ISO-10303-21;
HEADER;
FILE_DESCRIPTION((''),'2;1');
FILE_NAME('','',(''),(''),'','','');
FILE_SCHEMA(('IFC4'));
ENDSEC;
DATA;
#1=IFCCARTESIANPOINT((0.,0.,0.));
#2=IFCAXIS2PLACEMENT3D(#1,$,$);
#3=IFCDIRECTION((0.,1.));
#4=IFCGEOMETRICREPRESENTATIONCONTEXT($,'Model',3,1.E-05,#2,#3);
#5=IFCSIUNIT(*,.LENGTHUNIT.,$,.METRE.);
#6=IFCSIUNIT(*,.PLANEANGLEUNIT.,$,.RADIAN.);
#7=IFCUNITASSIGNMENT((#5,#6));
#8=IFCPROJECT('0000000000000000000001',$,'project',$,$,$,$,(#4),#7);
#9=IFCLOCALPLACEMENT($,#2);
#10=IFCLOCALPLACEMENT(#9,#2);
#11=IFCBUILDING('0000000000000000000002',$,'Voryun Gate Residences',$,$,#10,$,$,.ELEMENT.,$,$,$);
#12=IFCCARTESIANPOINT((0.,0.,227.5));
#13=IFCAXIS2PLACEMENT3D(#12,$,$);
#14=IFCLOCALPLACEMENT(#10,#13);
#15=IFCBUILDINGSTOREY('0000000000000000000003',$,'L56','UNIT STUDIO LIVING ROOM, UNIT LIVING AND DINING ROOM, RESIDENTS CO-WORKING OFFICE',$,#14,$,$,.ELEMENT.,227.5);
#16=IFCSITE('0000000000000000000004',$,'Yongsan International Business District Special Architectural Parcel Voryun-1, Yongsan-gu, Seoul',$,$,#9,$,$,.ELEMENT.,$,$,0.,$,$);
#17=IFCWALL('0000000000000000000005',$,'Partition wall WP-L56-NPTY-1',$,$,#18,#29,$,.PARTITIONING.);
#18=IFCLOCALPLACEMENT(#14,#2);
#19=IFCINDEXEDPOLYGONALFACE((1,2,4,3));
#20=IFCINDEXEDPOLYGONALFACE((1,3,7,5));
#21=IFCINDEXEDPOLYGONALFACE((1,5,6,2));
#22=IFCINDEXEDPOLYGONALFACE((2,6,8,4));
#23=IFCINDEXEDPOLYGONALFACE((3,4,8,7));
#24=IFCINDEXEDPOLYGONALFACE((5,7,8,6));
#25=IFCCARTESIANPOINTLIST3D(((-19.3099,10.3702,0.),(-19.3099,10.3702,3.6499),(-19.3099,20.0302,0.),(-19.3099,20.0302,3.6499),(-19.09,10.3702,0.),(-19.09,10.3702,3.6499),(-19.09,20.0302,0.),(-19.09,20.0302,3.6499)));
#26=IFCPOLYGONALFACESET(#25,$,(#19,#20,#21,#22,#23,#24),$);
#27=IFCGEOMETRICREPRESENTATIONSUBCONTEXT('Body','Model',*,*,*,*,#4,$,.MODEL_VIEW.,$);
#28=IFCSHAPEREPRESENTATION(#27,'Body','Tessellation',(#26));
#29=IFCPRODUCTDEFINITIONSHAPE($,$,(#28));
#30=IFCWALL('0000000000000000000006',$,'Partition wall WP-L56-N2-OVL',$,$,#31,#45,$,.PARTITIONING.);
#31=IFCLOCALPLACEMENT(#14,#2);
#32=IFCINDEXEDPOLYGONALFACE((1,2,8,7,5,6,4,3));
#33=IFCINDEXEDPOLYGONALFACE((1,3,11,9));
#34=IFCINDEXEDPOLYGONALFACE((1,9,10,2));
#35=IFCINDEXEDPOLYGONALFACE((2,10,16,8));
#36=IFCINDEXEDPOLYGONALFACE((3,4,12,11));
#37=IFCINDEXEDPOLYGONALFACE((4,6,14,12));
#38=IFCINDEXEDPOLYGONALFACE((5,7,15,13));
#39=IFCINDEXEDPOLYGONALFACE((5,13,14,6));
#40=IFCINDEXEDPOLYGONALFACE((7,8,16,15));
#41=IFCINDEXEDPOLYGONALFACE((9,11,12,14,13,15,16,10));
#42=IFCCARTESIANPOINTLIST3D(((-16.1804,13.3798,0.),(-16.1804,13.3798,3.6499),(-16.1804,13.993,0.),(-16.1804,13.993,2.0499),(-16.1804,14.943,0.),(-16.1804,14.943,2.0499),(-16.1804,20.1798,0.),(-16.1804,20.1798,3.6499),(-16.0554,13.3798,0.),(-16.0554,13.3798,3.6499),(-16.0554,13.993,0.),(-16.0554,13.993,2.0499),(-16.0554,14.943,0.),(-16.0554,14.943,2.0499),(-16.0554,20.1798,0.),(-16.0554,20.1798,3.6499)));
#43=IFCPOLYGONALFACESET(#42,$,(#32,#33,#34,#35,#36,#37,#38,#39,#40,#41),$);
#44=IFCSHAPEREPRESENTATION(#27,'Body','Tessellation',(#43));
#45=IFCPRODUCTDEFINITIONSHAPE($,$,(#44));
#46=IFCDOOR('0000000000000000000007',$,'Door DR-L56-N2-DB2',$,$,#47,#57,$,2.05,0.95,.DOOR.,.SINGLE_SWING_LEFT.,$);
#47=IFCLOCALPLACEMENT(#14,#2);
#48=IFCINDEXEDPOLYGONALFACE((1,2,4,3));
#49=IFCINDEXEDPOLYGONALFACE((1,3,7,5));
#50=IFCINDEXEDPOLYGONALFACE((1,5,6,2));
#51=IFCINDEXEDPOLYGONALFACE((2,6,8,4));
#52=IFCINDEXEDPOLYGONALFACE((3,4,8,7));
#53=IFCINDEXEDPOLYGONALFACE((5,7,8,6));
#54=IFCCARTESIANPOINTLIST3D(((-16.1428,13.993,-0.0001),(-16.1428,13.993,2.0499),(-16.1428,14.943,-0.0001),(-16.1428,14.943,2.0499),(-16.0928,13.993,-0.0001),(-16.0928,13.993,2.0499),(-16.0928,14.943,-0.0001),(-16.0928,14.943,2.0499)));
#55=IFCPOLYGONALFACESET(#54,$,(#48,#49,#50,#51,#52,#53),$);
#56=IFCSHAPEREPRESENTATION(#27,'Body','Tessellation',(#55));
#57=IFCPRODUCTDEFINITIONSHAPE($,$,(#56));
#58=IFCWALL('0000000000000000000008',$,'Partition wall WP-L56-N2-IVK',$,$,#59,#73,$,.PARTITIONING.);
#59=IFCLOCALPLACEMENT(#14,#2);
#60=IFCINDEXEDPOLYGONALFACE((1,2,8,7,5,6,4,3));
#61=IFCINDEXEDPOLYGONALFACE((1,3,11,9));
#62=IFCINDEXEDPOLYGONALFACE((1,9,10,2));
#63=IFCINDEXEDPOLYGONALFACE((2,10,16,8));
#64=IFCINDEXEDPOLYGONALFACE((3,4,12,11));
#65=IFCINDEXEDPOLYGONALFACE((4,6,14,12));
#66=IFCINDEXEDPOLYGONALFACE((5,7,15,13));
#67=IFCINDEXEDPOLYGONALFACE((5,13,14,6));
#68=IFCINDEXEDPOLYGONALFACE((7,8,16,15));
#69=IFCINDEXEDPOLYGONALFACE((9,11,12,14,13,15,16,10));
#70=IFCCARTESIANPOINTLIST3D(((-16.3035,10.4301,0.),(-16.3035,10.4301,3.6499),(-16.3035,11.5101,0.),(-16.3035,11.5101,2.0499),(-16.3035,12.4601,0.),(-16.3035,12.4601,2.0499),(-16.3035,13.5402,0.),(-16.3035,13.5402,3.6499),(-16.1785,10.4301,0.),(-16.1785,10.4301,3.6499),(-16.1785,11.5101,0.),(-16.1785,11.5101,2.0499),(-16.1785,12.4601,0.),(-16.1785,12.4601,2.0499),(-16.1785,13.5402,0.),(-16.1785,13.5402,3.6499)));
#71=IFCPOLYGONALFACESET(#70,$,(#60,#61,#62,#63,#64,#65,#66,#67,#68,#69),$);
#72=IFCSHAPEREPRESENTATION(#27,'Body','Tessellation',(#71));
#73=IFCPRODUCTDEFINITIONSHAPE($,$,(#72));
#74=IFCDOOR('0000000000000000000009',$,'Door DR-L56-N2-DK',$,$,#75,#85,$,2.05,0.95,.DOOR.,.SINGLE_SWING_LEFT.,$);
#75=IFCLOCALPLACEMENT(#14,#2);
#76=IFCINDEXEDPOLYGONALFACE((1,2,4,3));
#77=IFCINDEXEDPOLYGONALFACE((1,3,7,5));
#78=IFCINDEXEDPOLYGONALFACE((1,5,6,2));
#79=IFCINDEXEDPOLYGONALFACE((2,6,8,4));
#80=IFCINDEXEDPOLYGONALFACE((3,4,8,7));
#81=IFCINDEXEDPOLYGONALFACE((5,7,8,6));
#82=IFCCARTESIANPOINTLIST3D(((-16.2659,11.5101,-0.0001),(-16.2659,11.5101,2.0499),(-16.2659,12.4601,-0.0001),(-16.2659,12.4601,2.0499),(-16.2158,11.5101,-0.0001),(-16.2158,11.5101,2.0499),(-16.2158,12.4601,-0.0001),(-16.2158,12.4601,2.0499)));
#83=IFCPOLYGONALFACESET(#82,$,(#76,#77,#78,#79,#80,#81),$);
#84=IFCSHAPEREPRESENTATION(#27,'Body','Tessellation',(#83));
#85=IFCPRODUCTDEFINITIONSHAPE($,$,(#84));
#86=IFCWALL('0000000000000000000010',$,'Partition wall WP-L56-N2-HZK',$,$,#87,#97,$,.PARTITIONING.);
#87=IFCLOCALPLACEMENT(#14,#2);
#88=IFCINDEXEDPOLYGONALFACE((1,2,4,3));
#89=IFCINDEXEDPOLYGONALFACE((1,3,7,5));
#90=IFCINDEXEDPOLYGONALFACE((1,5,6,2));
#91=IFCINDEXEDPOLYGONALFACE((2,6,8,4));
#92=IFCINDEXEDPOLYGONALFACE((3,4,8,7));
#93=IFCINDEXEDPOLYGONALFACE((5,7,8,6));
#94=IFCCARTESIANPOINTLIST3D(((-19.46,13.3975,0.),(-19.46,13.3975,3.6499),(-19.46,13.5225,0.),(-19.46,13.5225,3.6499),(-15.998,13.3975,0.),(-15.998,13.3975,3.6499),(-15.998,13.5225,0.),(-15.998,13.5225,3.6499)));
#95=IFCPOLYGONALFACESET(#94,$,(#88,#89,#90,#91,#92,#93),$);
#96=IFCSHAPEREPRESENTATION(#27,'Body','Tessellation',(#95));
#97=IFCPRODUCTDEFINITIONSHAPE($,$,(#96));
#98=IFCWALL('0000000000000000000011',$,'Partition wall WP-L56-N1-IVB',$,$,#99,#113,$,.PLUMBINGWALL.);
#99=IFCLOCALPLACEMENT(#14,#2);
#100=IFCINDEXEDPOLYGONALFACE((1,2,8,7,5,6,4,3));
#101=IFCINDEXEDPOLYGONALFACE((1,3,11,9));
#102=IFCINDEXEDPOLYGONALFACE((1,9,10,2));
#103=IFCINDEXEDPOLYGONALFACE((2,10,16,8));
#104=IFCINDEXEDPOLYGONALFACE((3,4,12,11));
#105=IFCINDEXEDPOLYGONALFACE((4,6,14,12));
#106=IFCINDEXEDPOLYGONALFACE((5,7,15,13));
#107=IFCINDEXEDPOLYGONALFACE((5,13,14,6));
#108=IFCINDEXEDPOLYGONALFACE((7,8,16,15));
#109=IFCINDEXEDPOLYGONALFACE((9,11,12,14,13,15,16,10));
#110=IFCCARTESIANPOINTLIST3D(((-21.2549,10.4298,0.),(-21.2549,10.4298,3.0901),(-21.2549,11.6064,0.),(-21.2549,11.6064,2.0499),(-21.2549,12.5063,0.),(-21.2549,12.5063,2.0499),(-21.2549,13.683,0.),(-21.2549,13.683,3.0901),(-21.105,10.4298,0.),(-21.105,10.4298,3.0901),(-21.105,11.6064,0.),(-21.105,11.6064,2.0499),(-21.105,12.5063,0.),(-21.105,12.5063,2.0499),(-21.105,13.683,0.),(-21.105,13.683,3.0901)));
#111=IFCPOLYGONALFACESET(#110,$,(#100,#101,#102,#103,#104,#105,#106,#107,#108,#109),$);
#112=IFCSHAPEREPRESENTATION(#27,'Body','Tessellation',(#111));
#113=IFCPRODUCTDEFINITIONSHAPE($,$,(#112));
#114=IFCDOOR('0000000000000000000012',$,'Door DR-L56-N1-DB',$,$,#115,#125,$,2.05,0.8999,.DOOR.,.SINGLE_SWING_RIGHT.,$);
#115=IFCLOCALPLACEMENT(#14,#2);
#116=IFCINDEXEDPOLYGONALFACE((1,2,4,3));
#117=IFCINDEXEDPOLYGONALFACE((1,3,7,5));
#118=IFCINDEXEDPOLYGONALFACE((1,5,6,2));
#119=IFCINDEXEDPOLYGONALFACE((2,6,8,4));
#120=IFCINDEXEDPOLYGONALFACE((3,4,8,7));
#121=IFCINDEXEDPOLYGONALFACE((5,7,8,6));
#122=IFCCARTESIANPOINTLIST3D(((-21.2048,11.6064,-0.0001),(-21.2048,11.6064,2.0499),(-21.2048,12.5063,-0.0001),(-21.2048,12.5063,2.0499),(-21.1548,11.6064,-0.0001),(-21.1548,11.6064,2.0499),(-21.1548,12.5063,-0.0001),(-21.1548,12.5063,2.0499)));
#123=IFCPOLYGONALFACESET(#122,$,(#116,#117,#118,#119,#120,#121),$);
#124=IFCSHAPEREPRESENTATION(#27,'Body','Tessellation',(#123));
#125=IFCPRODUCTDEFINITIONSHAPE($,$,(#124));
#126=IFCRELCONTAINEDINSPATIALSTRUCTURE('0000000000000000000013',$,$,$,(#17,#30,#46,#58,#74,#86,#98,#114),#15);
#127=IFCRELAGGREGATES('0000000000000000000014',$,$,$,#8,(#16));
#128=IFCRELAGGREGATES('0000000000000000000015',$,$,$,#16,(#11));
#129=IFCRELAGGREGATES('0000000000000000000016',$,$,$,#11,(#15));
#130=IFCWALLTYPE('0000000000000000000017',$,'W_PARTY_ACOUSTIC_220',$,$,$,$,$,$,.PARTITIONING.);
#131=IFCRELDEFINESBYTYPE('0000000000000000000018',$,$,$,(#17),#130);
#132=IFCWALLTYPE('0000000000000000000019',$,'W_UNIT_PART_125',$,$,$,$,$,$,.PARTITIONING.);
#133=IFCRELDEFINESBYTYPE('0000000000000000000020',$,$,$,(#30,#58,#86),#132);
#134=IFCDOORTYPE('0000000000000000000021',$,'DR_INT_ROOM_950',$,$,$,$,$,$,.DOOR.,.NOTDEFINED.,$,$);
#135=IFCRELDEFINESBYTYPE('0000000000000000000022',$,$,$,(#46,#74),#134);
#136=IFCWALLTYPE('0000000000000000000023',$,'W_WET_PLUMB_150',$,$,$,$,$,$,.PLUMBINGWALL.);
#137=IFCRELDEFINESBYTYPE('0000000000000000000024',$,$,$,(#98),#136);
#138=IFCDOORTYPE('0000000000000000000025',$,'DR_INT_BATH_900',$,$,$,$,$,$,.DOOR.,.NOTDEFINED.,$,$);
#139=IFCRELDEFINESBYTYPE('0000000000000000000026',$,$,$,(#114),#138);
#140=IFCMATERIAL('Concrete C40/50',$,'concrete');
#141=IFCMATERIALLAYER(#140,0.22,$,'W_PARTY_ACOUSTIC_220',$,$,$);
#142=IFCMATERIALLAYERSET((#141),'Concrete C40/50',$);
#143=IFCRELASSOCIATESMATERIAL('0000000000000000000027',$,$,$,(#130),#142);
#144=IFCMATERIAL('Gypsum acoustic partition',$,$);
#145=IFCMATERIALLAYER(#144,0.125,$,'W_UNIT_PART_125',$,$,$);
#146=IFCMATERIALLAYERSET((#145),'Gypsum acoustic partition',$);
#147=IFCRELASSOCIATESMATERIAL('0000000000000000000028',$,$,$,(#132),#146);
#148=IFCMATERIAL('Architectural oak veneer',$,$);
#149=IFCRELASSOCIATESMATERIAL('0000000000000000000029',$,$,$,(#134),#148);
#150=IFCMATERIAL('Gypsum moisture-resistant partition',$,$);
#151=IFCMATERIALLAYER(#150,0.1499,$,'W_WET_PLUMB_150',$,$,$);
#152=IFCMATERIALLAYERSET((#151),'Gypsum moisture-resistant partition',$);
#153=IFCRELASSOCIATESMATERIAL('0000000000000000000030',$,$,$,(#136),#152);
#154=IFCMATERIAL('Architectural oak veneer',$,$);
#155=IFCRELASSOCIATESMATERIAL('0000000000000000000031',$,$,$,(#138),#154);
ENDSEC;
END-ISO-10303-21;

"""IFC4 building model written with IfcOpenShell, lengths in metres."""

from ifc_helpers import new_model, si_unit, direction, frame, frame_2d, origin, place, context, subcontext, project, spatial, rectangle, extrude, material, layer, layer_set, type_object, element, fill, save


model = new_model("IFC4")

# Units and contexts
model_context = context("Model", 3, precision=1e-05, world=origin(), true_north=direction((0.0, 1.0)))
body_context = subcontext(model_context, "Body", "Model", "MODEL_VIEW")
ifc_project = project(units=[si_unit("LENGTHUNIT", "METRE"), si_unit("PLANEANGLEUNIT", "RADIAN")], contexts=[model_context])

# Site, building, storey
site_placement = place(None, origin())
site = spatial("IfcSite", under=ifc_project, at=site_placement, Name="Yongsan International Business District Special Architectural Parcel Voryun-1, Yongsan-gu, Seoul", CompositionType="ELEMENT", RefElevation=0.0)
building_placement = place(site_placement, origin())
building = spatial("IfcBuilding", under=site, at=building_placement, Name="Voryun Gate Residences", CompositionType="ELEMENT")
storey_placement = place(building_placement, frame((0.0, 0.0, 227.5)))
storey = spatial("IfcBuildingStorey", under=building, at=storey_placement, Name="L56", Description="UNIT STUDIO LIVING ROOM, UNIT LIVING AND DINING ROOM, RESIDENTS CO-WORKING OFFICE", CompositionType="ELEMENT", Elevation=227.5)

# Wall
ifc_material_1 = material(Name="Concrete C40/50", Category="concrete")
ifc_layer_1 = layer(ifc_material_1, 0.22, Name="W_PARTY_ACOUSTIC_220")
ifc_layer_set_1 = layer_set([ifc_layer_1], Name="Concrete C40/50")
wall_type_1 = type_object("IfcWallType", Name="W_PARTY_ACOUSTIC_220", PredefinedType="PARTITIONING", material=ifc_layer_set_1)
wall_1_placement = place(storey_placement, frame((-19.2, 10.3701, 0.0), z_axis=(0.0, 0.0, 1.0), x_axis=(0.0, 1.0, 0.0)))
element("IfcWall", 1, at=wall_1_placement, inside=storey, type_object=wall_type_1, Name="Partition wall WP-L56-NPTY-1", PredefinedType="PARTITIONING", context=body_context, shape_type="SweptSolid", body=[
    extrude(rectangle(XDim=9.6599, YDim=0.22, at=frame_2d((4.8301, 0.0))), origin(), (0.0, 0.0, 1.0), 3.6499),
])

# Walls, openings, doors
ifc_material_2 = material(Name="Gypsum acoustic partition")
ifc_layer_2 = layer(ifc_material_2, 0.125, Name="W_UNIT_PART_125")
ifc_layer_set_2 = layer_set([ifc_layer_2], Name="Gypsum acoustic partition")
wall_type_2 = type_object("IfcWallType", Name="W_UNIT_PART_125", PredefinedType="PARTITIONING", material=ifc_layer_set_2)
wall_2_placement = place(storey_placement, frame((-16.1179, 13.3799, 0.0), z_axis=(0.0, 0.0, 1.0), x_axis=(0.0, 1.0, 0.0)))
wall_2 = element("IfcWall", 2, at=wall_2_placement, inside=storey, type_object=wall_type_2, Name="Partition wall WP-L56-N2-OVL", PredefinedType="PARTITIONING", context=body_context, shape_type="SweptSolid", body=[
    extrude(rectangle(XDim=6.8, YDim=0.125, at=frame_2d((3.3999, 0.0))), origin(), (0.0, 0.0, 1.0), 3.6499),
])
opening_1_placement = place(wall_2_placement, frame((0.613, 0.0, 0.0)))
opening_1 = element("IfcOpeningElement", 3, at=opening_1_placement, cuts=wall_2, PredefinedType="OPENING", context=body_context, shape_type="SweptSolid", body=[
    extrude(rectangle(XDim=0.95, YDim=2.05, at=frame_2d((0.4751, 1.0249))), frame((0.0, 0.0725, 0.0), z_axis=(0.0, -1.0, 0.0), x_axis=(1.0, 0.0, 0.0)), (0.0, 0.0, 1.0), 0.145),
])
ifc_material_3 = material(Name="Architectural oak veneer")
door_type_1 = type_object("IfcDoorType", Name="DR_INT_ROOM_950", OperationType="NOTDEFINED", PredefinedType="DOOR", material=ifc_material_3)
door_1_placement = place(opening_1_placement, origin())
door_1 = element("IfcDoor", 4, at=door_1_placement, inside=storey, type_object=door_type_1, Name="Door DR-L56-N2-DB2", OperationType="SINGLE_SWING_LEFT", OverallHeight=2.05, OverallWidth=0.95, PredefinedType="DOOR", context=body_context, shape_type="SweptSolid", body=[
    extrude(rectangle(XDim=0.95, YDim=2.05, at=frame_2d((0.4751, 1.0249))), frame((0.0, 0.0249, 0.0), z_axis=(0.0, -1.0, 0.0), x_axis=(1.0, 0.0, 0.0)), (0.0, 0.0, 1.0), 0.05),
])
fill(opening_1, door_1)
wall_3_placement = place(storey_placement, frame((-16.241, 10.4299, 0.0), z_axis=(0.0, 0.0, 1.0), x_axis=(0.0, 1.0, 0.0)))
wall_3 = element("IfcWall", 5, at=wall_3_placement, inside=storey, type_object=wall_type_2, Name="Partition wall WP-L56-N2-IVK", PredefinedType="PARTITIONING", context=body_context, shape_type="SweptSolid", body=[
    extrude(rectangle(XDim=3.1101, YDim=0.125, at=frame_2d((1.5552, 0.0))), origin(), (0.0, 0.0, 1.0), 3.6499),
])
opening_2_placement = place(wall_3_placement, frame((1.0801, 0.0, 0.0)))
opening_2 = element("IfcOpeningElement", 6, at=opening_2_placement, cuts=wall_3, PredefinedType="OPENING", context=body_context, shape_type="SweptSolid", body=[
    extrude(rectangle(XDim=0.95, YDim=2.05, at=frame_2d((0.4751, 1.0249))), frame((0.0, 0.0725, 0.0), z_axis=(0.0, -1.0, 0.0), x_axis=(1.0, 0.0, 0.0)), (0.0, 0.0, 1.0), 0.145),
])
door_2_placement = place(opening_2_placement, origin())
door_2 = element("IfcDoor", 7, at=door_2_placement, inside=storey, type_object=door_type_1, Name="Door DR-L56-N2-DK", OperationType="SINGLE_SWING_LEFT", OverallHeight=2.05, OverallWidth=0.95, PredefinedType="DOOR", context=body_context, shape_type="SweptSolid", body=[
    extrude(rectangle(XDim=0.95, YDim=2.05, at=frame_2d((0.4751, 1.0249))), frame((0.0, 0.0249, 0.0), z_axis=(0.0, -1.0, 0.0), x_axis=(1.0, 0.0, 0.0)), (0.0, 0.0, 1.0), 0.05),
])
fill(opening_2, door_2)

# Wall
wall_4_placement = place(storey_placement, frame((-19.46, 13.46, 0.0), z_axis=(0.0, 0.0, 1.0), x_axis=(1.0, 0.0, 0.0)))
element("IfcWall", 8, at=wall_4_placement, inside=storey, type_object=wall_type_2, Name="Partition wall WP-L56-N2-HZK", PredefinedType="PARTITIONING", context=body_context, shape_type="SweptSolid", body=[
    extrude(rectangle(XDim=3.4619, YDim=0.125, at=frame_2d((1.731, 0.0))), origin(), (0.0, 0.0, 1.0), 3.6499),
])

# Wall, opening, door
ifc_material_4 = material(Name="Gypsum moisture-resistant partition")
ifc_layer_3 = layer(ifc_material_4, 0.1499, Name="W_WET_PLUMB_150")
ifc_layer_set_3 = layer_set([ifc_layer_3], Name="Gypsum moisture-resistant partition")
wall_type_3 = type_object("IfcWallType", Name="W_WET_PLUMB_150", PredefinedType="PLUMBINGWALL", material=ifc_layer_set_3)
wall_5_placement = place(storey_placement, frame((-21.1799, 10.4299, 0.0), z_axis=(0.0, 0.0, 1.0), x_axis=(0.0, 1.0, 0.0)))
wall_5 = element("IfcWall", 9, at=wall_5_placement, inside=storey, type_object=wall_type_3, Name="Partition wall WP-L56-N1-IVB", PredefinedType="PLUMBINGWALL", context=body_context, shape_type="SweptSolid", body=[
    extrude(rectangle(XDim=3.2532, YDim=0.1499, at=frame_2d((1.6265, 0.0))), origin(), (0.0, 0.0, 1.0), 3.0901),
])
opening_3_placement = place(wall_5_placement, frame((1.1765, 0.0, 0.0)))
opening_3 = element("IfcOpeningElement", 10, at=opening_3_placement, cuts=wall_5, PredefinedType="OPENING", context=body_context, shape_type="SweptSolid", body=[
    extrude(rectangle(XDim=0.8999, YDim=2.05, at=frame_2d((0.45, 1.0249))), frame((0.0, 0.085, 0.0), z_axis=(0.0, -1.0, 0.0), x_axis=(1.0, 0.0, 0.0)), (0.0, 0.0, 1.0), 0.1699),
])
ifc_material_5 = material(Name="Architectural oak veneer")
door_type_2 = type_object("IfcDoorType", Name="DR_INT_BATH_900", OperationType="NOTDEFINED", PredefinedType="DOOR", material=ifc_material_5)
door_3_placement = place(opening_3_placement, origin())
door_3 = element("IfcDoor", 11, at=door_3_placement, inside=storey, type_object=door_type_2, Name="Door DR-L56-N1-DB", OperationType="SINGLE_SWING_RIGHT", OverallHeight=2.05, OverallWidth=0.8999, PredefinedType="DOOR", context=body_context, shape_type="SweptSolid", body=[
    extrude(rectangle(XDim=0.8999, YDim=2.05, at=frame_2d((0.45, 1.0249))), frame((0.0, 0.0249, 0.0), z_axis=(0.0, -1.0, 0.0), x_axis=(1.0, 0.0, 0.0)), (0.0, 0.0, 1.0), 0.05),
])
fill(opening_3, door_3)

save(model, "model.ifc")
